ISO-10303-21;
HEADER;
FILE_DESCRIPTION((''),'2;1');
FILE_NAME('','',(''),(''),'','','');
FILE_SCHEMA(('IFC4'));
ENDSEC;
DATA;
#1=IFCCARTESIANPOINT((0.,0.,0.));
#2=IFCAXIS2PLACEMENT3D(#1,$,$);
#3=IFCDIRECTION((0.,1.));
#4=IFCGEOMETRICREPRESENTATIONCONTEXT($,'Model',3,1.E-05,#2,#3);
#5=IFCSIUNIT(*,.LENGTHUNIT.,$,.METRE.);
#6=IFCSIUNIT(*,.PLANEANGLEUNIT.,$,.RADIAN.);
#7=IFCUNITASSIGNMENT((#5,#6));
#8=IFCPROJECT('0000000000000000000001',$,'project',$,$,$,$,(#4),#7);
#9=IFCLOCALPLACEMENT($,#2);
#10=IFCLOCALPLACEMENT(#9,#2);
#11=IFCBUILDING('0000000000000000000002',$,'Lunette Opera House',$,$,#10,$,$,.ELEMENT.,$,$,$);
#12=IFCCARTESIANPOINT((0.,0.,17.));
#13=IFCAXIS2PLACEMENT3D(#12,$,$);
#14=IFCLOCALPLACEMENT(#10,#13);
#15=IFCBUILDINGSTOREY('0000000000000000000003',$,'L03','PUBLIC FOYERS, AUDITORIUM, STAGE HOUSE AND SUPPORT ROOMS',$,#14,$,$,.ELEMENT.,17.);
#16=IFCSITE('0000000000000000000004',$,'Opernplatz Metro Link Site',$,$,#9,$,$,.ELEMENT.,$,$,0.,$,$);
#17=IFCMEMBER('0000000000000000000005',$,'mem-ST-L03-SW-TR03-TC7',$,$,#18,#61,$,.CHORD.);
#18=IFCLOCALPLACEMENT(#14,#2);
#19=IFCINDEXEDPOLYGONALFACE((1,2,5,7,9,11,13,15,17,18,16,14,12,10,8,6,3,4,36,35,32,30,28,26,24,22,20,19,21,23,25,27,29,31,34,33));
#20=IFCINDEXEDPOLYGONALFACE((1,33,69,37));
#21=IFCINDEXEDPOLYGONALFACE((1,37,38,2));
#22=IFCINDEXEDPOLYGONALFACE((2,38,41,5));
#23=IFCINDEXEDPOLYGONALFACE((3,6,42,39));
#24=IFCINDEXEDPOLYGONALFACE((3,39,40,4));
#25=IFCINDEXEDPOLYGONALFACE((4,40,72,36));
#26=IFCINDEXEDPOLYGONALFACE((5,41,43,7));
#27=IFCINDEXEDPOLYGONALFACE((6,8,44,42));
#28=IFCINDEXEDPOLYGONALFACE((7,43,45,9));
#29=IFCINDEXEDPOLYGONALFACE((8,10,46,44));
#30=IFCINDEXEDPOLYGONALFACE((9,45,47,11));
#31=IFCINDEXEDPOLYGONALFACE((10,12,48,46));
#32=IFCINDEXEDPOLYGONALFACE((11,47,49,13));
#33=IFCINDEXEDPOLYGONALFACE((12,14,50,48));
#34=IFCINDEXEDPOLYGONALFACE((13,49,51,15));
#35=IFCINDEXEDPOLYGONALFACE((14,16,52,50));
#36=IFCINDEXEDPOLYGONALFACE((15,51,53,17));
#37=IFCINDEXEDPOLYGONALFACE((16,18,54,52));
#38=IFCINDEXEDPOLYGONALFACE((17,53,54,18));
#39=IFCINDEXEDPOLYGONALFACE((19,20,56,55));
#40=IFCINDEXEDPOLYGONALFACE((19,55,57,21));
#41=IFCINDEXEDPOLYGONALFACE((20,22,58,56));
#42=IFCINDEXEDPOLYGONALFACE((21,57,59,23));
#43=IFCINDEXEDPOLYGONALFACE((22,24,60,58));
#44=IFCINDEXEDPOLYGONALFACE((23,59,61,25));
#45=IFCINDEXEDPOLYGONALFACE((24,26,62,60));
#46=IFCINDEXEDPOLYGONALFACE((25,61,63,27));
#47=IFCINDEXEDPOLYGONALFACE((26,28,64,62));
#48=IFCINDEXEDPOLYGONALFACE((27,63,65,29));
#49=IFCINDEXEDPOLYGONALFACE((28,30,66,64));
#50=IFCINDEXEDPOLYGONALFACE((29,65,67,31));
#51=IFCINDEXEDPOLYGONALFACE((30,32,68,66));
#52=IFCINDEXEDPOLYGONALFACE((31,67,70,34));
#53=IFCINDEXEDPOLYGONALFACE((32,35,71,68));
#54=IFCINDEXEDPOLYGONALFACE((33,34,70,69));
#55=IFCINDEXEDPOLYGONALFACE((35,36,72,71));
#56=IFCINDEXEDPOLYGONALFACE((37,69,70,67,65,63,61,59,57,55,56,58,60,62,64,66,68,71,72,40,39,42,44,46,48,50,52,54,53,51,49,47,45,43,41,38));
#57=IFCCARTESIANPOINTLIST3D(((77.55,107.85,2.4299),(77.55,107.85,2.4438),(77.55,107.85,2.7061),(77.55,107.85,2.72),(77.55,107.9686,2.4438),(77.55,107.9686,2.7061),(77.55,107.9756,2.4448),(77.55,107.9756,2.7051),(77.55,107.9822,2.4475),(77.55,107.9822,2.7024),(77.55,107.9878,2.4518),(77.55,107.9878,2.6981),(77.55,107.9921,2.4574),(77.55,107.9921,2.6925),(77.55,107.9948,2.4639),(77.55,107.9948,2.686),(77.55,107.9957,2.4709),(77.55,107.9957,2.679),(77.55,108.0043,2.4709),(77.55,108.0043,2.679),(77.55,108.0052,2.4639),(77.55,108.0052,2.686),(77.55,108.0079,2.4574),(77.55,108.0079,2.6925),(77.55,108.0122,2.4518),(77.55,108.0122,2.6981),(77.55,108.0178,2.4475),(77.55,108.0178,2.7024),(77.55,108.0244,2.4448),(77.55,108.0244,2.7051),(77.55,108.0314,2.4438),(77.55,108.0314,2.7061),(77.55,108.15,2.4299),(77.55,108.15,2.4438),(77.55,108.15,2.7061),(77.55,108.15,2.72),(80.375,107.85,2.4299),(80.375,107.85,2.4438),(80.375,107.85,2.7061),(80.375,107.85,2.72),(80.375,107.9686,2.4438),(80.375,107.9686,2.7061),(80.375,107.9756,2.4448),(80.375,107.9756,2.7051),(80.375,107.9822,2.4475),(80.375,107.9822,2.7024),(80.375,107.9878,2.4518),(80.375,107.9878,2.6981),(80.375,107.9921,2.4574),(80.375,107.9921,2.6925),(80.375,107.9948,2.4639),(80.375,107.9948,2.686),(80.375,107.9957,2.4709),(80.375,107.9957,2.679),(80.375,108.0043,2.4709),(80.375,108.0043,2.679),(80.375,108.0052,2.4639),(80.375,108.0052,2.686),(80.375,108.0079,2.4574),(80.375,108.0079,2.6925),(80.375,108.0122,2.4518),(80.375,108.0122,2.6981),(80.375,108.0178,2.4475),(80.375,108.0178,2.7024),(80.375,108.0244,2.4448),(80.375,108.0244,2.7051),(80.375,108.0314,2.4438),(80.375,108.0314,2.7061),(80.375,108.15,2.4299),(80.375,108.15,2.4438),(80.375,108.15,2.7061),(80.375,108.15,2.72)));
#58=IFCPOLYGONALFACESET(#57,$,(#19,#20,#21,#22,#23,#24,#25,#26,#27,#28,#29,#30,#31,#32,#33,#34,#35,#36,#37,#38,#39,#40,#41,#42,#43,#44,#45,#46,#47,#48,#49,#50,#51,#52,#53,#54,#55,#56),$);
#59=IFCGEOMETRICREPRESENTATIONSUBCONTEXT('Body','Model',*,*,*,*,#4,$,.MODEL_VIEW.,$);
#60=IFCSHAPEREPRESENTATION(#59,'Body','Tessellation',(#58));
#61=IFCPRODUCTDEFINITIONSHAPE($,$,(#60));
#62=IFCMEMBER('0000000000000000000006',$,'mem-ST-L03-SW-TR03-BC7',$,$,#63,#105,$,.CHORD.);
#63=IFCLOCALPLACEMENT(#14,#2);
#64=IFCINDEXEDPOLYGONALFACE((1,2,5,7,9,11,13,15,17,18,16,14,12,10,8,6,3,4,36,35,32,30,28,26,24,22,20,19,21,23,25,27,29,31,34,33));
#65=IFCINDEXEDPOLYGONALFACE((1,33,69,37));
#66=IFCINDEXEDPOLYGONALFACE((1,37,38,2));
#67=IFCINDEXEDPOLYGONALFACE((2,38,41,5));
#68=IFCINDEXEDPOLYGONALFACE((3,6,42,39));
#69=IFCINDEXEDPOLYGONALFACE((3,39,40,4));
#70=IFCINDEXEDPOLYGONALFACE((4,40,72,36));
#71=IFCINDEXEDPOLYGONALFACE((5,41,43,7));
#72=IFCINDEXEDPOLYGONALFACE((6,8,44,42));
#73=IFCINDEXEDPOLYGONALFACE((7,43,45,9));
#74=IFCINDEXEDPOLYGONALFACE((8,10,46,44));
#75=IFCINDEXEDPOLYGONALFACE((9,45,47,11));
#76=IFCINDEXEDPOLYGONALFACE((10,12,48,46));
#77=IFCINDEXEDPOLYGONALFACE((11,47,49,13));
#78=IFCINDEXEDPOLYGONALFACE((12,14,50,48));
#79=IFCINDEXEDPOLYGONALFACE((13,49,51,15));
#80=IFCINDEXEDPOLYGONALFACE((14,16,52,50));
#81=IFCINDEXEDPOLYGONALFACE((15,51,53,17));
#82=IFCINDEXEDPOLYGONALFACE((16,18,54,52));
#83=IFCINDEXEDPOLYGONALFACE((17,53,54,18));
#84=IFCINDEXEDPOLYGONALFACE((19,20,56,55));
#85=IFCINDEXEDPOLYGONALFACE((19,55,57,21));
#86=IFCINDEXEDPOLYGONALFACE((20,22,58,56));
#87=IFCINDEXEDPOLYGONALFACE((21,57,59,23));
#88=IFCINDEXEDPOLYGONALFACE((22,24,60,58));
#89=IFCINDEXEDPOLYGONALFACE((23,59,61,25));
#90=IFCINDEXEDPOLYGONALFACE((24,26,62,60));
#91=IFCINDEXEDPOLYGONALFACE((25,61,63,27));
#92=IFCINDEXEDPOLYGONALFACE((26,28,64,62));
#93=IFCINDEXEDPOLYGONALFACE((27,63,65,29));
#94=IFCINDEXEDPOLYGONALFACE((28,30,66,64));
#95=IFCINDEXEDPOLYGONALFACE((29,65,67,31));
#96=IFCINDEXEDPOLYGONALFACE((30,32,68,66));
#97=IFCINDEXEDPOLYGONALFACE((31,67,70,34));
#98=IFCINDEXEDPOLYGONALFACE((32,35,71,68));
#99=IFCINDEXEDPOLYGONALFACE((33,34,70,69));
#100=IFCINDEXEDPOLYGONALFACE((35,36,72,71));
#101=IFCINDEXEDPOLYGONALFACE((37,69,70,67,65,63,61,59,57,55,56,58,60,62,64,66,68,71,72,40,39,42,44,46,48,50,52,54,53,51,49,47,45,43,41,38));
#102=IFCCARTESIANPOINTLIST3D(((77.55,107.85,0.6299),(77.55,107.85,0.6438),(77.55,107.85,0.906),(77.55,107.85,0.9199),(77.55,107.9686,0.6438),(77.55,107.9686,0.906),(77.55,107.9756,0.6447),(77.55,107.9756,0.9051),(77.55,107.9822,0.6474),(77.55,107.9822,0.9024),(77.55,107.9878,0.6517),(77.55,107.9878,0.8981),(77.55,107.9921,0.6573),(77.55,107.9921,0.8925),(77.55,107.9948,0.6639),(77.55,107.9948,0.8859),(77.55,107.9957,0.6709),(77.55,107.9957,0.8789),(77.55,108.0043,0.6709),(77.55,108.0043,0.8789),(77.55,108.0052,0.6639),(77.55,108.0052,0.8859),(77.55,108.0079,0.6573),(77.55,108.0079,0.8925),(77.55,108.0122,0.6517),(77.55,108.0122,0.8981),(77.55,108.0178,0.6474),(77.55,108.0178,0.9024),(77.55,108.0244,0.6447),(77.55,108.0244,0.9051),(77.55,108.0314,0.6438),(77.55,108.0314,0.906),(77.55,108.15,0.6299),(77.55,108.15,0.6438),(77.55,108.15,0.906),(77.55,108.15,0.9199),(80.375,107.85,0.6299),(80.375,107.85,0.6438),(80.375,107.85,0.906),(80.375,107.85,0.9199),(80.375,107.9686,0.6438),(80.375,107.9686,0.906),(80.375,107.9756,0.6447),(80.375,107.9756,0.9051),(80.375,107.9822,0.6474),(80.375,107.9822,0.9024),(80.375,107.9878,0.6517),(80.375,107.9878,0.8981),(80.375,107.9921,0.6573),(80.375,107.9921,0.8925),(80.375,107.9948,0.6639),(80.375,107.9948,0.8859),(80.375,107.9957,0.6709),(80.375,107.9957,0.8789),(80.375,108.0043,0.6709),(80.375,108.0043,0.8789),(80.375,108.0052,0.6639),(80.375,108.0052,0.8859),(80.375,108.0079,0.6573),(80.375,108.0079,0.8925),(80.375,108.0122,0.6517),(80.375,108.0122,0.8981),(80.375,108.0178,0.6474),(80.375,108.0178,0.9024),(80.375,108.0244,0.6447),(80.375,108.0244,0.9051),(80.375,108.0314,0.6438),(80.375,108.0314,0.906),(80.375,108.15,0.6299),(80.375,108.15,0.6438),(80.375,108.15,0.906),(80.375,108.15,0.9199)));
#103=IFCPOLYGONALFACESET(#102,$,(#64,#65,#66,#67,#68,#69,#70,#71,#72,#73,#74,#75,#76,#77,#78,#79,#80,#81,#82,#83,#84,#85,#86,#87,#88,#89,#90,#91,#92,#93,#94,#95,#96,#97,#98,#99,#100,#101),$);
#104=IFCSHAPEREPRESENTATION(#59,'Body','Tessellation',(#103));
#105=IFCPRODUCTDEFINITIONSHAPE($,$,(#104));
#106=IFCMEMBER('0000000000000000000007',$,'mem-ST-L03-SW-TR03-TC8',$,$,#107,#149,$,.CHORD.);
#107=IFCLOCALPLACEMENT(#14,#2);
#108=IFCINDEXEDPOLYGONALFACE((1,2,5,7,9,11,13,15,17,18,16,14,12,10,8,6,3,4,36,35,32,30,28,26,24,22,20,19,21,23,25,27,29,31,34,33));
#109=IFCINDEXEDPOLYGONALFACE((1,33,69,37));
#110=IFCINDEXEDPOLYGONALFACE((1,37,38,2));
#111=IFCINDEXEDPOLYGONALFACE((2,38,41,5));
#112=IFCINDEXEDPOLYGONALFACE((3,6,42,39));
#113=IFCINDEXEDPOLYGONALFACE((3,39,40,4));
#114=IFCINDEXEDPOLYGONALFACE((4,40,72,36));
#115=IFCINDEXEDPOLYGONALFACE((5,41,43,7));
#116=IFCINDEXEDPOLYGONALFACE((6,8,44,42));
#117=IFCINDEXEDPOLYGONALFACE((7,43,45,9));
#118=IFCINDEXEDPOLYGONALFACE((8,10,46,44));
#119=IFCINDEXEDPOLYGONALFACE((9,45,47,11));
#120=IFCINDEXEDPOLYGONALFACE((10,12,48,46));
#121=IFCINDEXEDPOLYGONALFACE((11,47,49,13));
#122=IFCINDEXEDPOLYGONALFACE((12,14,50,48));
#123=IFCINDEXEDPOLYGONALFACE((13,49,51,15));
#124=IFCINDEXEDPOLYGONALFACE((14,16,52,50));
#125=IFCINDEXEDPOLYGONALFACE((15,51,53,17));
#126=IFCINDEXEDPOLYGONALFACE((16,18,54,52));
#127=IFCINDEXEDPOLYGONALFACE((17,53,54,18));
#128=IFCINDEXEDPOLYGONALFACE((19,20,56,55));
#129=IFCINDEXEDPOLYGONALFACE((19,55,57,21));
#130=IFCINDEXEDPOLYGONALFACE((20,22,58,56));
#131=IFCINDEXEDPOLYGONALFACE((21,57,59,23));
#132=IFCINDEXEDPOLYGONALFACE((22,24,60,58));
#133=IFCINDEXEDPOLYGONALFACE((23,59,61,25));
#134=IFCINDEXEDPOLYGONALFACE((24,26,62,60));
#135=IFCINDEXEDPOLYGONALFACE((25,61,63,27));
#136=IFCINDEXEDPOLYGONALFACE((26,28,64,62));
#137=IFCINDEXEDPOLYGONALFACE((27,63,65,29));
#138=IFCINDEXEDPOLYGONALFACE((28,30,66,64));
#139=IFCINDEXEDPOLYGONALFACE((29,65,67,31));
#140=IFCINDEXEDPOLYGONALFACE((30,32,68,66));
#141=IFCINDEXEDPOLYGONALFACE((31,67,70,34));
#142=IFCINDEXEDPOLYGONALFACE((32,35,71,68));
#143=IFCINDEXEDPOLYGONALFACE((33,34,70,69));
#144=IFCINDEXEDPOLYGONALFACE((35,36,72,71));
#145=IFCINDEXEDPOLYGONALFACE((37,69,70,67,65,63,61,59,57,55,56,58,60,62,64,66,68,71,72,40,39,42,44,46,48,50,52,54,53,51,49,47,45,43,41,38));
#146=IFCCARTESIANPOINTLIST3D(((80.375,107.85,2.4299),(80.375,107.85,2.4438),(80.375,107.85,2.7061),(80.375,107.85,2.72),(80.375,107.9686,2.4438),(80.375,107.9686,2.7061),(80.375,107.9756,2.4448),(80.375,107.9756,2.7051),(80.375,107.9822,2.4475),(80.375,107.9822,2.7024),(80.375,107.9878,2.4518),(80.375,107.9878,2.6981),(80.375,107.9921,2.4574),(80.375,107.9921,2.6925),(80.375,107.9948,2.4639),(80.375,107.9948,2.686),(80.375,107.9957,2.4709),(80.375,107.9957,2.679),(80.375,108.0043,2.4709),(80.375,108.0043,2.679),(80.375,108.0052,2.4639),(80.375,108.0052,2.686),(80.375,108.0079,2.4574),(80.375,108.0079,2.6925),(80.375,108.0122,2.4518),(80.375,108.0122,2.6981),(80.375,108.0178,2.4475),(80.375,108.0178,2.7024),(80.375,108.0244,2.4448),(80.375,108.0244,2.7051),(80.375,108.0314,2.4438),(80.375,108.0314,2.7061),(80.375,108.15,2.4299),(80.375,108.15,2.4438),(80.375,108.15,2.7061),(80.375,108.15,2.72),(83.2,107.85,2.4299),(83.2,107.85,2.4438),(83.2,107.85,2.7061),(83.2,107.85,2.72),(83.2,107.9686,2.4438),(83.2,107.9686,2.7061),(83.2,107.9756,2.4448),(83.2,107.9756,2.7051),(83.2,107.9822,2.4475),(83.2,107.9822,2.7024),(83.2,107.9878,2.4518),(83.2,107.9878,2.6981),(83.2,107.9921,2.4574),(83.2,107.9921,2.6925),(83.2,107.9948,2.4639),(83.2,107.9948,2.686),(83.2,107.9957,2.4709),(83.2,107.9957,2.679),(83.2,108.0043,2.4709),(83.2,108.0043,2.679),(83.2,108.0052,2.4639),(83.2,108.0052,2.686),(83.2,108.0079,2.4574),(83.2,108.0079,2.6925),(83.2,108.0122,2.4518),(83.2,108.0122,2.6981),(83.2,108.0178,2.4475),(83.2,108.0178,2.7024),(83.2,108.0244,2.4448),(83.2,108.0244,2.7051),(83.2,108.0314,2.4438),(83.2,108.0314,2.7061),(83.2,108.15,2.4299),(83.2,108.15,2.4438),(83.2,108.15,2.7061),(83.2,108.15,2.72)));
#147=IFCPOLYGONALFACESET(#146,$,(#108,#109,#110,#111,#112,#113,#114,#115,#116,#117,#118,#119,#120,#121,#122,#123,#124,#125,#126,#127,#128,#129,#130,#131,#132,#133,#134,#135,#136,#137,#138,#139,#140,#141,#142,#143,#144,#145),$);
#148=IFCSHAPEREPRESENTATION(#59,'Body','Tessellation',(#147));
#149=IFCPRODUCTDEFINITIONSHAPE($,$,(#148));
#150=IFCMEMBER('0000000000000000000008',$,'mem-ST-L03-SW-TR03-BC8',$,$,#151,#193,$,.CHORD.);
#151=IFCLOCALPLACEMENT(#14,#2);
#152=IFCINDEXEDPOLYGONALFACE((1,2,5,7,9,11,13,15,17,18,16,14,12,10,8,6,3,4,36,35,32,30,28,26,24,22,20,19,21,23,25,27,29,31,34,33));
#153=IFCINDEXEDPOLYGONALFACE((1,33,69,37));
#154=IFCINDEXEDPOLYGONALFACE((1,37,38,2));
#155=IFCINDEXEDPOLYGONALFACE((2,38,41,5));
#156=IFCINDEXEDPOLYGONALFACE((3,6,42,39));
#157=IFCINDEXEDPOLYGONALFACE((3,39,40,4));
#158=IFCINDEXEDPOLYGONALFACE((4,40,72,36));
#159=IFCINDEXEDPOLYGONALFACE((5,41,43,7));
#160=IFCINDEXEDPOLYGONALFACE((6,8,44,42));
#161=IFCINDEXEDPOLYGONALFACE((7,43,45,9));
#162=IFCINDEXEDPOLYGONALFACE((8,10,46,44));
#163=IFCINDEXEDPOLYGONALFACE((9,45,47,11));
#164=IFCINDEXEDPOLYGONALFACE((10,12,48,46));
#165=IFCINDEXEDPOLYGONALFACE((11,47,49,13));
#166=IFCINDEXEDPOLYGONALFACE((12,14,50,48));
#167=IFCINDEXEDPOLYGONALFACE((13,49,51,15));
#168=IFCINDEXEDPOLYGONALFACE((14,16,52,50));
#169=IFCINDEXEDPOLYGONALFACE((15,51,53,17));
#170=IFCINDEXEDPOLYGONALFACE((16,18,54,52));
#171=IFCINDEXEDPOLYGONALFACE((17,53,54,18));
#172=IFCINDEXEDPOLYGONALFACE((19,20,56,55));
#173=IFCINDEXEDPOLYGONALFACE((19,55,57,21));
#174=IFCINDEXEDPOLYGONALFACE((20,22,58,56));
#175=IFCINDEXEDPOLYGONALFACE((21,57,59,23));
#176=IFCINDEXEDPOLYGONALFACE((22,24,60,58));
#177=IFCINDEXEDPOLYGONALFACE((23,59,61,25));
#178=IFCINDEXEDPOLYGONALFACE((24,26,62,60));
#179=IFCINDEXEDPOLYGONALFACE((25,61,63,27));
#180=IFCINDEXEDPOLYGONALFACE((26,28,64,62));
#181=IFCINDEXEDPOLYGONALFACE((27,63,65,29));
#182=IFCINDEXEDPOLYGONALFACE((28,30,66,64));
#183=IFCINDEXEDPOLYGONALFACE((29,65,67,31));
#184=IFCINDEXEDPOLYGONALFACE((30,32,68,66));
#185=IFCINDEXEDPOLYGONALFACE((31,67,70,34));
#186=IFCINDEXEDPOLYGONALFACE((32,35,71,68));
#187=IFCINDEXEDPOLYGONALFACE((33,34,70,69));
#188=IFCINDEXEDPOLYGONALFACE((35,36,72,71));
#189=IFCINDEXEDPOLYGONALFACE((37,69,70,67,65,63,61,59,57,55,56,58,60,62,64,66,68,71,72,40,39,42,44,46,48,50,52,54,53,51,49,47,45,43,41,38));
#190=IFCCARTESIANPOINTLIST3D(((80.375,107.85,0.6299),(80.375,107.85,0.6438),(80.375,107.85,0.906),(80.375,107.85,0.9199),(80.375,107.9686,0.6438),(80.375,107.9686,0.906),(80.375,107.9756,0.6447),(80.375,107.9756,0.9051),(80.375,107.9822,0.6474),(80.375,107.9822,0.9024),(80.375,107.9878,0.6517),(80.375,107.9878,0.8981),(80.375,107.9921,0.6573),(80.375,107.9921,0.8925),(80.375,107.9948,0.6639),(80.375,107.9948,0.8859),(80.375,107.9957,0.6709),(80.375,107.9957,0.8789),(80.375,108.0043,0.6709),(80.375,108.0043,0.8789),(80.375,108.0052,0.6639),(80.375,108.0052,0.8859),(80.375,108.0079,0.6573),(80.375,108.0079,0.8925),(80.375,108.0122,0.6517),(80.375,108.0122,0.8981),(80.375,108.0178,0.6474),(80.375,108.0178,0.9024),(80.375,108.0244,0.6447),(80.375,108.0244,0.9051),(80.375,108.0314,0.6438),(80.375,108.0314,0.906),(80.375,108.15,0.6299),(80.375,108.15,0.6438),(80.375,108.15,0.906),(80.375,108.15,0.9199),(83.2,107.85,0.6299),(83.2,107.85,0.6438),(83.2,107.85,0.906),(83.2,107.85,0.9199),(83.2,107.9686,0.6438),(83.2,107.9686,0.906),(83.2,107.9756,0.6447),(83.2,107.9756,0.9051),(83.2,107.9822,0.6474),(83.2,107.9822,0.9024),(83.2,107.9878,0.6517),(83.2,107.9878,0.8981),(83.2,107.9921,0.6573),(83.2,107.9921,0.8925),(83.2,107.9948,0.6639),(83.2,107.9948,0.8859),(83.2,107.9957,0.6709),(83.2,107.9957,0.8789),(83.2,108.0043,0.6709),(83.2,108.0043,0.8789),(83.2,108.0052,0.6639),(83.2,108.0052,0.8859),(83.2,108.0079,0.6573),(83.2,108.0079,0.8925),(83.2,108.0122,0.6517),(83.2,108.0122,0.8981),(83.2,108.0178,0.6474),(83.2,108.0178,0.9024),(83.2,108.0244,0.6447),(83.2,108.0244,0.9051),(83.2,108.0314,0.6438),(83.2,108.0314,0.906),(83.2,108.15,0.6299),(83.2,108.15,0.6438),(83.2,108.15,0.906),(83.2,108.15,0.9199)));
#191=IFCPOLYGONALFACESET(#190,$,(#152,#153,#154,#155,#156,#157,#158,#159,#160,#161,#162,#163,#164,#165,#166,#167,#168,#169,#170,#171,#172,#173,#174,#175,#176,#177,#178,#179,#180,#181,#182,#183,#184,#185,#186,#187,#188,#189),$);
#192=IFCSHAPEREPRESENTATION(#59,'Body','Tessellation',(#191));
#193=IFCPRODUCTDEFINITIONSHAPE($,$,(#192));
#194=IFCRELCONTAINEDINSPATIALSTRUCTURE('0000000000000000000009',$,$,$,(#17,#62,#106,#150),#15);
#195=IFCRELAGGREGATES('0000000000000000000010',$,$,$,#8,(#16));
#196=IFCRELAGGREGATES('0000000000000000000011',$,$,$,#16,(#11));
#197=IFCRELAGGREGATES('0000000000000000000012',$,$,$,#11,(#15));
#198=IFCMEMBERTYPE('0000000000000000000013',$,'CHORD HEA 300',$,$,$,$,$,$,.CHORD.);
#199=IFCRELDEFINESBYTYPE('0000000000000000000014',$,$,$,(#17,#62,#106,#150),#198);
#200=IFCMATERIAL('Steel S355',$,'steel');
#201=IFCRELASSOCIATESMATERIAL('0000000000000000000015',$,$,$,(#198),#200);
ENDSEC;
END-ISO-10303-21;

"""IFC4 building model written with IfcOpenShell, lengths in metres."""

from ifc_helpers import new_model, si_unit, direction, frame, origin, origin_2d, place, context, subcontext, project, spatial, i_section, extrude, material, material_profile, profile_set, type_object, element, save


model = new_model("IFC4")

# Units and contexts
model_context = context("Model", 3, precision=1e-05, world=origin(), true_north=direction((0.0, 1.0)))
body_context = subcontext(model_context, "Body", "Model", "MODEL_VIEW")
ifc_project = project(units=[si_unit("LENGTHUNIT", "METRE"), si_unit("PLANEANGLEUNIT", "RADIAN")], contexts=[model_context])

# Site, building, storey
site_placement = place(None, origin())
site = spatial("IfcSite", under=ifc_project, at=site_placement, Name="Opernplatz Metro Link Site", CompositionType="ELEMENT", RefElevation=0.0)
building_placement = place(site_placement, origin())
building = spatial("IfcBuilding", under=site, at=building_placement, Name="Lunette Opera House", CompositionType="ELEMENT")
storey_placement = place(building_placement, frame((0.0, 0.0, 17.0)))
storey = spatial("IfcBuildingStorey", under=building, at=storey_placement, Name="L03", Description="PUBLIC FOYERS, AUDITORIUM, STAGE HOUSE AND SUPPORT ROOMS", CompositionType="ELEMENT", Elevation=17.0)

# Members
ifc_material_1 = material(Name="Steel S355", Category="steel")
ifc_material_profile_1 = material_profile(ifc_material_1, i_section(OverallWidth=0.3, OverallDepth=0.29, WebThickness=0.0085, FlangeThickness=0.0139, FilletRadius=0.0271, at=origin_2d()), Name="HEA 300")
ifc_profile_set_1 = profile_set([ifc_material_profile_1], Name="Steel S355")
member_type_1 = type_object("IfcMemberType", Name="CHORD HEA 300", PredefinedType="CHORD", material=ifc_profile_set_1)
for number, where, z_axis, x_axis, name in (
    (1, (77.55, 108.0, 2.575), (1.0, 0.0, 0.0), (0.0, 1.0, 0.0), "mem-ST-L03-SW-TR03-TC7"),
    (2, (77.55, 108.0, 0.7749), (1.0, 0.0, 0.0), (0.0, 1.0, 0.0), "mem-ST-L03-SW-TR03-BC7"),
    (3, (80.375, 108.0, 2.575), (1.0, 0.0, 0.0), (0.0, 1.0, 0.0), "mem-ST-L03-SW-TR03-TC8"),
    (4, (80.375, 108.0, 0.7749), (1.0, 0.0, 0.0), (0.0, 1.0, 0.0), "mem-ST-L03-SW-TR03-BC8"),
):
    element("IfcMember", number, at=place(storey_placement, frame(where, z_axis=z_axis, x_axis=x_axis)), inside=storey, type_object=member_type_1, Name=name, PredefinedType="CHORD", context=body_context, shape_type="SweptSolid", body=[
        extrude(i_section(OverallWidth=0.3, OverallDepth=0.29, WebThickness=0.0085, FlangeThickness=0.0139, FilletRadius=0.0271, at=origin_2d()), origin(), (0.0, 0.0, 1.0), 2.825),
    ])

save(model, "model.ifc")
